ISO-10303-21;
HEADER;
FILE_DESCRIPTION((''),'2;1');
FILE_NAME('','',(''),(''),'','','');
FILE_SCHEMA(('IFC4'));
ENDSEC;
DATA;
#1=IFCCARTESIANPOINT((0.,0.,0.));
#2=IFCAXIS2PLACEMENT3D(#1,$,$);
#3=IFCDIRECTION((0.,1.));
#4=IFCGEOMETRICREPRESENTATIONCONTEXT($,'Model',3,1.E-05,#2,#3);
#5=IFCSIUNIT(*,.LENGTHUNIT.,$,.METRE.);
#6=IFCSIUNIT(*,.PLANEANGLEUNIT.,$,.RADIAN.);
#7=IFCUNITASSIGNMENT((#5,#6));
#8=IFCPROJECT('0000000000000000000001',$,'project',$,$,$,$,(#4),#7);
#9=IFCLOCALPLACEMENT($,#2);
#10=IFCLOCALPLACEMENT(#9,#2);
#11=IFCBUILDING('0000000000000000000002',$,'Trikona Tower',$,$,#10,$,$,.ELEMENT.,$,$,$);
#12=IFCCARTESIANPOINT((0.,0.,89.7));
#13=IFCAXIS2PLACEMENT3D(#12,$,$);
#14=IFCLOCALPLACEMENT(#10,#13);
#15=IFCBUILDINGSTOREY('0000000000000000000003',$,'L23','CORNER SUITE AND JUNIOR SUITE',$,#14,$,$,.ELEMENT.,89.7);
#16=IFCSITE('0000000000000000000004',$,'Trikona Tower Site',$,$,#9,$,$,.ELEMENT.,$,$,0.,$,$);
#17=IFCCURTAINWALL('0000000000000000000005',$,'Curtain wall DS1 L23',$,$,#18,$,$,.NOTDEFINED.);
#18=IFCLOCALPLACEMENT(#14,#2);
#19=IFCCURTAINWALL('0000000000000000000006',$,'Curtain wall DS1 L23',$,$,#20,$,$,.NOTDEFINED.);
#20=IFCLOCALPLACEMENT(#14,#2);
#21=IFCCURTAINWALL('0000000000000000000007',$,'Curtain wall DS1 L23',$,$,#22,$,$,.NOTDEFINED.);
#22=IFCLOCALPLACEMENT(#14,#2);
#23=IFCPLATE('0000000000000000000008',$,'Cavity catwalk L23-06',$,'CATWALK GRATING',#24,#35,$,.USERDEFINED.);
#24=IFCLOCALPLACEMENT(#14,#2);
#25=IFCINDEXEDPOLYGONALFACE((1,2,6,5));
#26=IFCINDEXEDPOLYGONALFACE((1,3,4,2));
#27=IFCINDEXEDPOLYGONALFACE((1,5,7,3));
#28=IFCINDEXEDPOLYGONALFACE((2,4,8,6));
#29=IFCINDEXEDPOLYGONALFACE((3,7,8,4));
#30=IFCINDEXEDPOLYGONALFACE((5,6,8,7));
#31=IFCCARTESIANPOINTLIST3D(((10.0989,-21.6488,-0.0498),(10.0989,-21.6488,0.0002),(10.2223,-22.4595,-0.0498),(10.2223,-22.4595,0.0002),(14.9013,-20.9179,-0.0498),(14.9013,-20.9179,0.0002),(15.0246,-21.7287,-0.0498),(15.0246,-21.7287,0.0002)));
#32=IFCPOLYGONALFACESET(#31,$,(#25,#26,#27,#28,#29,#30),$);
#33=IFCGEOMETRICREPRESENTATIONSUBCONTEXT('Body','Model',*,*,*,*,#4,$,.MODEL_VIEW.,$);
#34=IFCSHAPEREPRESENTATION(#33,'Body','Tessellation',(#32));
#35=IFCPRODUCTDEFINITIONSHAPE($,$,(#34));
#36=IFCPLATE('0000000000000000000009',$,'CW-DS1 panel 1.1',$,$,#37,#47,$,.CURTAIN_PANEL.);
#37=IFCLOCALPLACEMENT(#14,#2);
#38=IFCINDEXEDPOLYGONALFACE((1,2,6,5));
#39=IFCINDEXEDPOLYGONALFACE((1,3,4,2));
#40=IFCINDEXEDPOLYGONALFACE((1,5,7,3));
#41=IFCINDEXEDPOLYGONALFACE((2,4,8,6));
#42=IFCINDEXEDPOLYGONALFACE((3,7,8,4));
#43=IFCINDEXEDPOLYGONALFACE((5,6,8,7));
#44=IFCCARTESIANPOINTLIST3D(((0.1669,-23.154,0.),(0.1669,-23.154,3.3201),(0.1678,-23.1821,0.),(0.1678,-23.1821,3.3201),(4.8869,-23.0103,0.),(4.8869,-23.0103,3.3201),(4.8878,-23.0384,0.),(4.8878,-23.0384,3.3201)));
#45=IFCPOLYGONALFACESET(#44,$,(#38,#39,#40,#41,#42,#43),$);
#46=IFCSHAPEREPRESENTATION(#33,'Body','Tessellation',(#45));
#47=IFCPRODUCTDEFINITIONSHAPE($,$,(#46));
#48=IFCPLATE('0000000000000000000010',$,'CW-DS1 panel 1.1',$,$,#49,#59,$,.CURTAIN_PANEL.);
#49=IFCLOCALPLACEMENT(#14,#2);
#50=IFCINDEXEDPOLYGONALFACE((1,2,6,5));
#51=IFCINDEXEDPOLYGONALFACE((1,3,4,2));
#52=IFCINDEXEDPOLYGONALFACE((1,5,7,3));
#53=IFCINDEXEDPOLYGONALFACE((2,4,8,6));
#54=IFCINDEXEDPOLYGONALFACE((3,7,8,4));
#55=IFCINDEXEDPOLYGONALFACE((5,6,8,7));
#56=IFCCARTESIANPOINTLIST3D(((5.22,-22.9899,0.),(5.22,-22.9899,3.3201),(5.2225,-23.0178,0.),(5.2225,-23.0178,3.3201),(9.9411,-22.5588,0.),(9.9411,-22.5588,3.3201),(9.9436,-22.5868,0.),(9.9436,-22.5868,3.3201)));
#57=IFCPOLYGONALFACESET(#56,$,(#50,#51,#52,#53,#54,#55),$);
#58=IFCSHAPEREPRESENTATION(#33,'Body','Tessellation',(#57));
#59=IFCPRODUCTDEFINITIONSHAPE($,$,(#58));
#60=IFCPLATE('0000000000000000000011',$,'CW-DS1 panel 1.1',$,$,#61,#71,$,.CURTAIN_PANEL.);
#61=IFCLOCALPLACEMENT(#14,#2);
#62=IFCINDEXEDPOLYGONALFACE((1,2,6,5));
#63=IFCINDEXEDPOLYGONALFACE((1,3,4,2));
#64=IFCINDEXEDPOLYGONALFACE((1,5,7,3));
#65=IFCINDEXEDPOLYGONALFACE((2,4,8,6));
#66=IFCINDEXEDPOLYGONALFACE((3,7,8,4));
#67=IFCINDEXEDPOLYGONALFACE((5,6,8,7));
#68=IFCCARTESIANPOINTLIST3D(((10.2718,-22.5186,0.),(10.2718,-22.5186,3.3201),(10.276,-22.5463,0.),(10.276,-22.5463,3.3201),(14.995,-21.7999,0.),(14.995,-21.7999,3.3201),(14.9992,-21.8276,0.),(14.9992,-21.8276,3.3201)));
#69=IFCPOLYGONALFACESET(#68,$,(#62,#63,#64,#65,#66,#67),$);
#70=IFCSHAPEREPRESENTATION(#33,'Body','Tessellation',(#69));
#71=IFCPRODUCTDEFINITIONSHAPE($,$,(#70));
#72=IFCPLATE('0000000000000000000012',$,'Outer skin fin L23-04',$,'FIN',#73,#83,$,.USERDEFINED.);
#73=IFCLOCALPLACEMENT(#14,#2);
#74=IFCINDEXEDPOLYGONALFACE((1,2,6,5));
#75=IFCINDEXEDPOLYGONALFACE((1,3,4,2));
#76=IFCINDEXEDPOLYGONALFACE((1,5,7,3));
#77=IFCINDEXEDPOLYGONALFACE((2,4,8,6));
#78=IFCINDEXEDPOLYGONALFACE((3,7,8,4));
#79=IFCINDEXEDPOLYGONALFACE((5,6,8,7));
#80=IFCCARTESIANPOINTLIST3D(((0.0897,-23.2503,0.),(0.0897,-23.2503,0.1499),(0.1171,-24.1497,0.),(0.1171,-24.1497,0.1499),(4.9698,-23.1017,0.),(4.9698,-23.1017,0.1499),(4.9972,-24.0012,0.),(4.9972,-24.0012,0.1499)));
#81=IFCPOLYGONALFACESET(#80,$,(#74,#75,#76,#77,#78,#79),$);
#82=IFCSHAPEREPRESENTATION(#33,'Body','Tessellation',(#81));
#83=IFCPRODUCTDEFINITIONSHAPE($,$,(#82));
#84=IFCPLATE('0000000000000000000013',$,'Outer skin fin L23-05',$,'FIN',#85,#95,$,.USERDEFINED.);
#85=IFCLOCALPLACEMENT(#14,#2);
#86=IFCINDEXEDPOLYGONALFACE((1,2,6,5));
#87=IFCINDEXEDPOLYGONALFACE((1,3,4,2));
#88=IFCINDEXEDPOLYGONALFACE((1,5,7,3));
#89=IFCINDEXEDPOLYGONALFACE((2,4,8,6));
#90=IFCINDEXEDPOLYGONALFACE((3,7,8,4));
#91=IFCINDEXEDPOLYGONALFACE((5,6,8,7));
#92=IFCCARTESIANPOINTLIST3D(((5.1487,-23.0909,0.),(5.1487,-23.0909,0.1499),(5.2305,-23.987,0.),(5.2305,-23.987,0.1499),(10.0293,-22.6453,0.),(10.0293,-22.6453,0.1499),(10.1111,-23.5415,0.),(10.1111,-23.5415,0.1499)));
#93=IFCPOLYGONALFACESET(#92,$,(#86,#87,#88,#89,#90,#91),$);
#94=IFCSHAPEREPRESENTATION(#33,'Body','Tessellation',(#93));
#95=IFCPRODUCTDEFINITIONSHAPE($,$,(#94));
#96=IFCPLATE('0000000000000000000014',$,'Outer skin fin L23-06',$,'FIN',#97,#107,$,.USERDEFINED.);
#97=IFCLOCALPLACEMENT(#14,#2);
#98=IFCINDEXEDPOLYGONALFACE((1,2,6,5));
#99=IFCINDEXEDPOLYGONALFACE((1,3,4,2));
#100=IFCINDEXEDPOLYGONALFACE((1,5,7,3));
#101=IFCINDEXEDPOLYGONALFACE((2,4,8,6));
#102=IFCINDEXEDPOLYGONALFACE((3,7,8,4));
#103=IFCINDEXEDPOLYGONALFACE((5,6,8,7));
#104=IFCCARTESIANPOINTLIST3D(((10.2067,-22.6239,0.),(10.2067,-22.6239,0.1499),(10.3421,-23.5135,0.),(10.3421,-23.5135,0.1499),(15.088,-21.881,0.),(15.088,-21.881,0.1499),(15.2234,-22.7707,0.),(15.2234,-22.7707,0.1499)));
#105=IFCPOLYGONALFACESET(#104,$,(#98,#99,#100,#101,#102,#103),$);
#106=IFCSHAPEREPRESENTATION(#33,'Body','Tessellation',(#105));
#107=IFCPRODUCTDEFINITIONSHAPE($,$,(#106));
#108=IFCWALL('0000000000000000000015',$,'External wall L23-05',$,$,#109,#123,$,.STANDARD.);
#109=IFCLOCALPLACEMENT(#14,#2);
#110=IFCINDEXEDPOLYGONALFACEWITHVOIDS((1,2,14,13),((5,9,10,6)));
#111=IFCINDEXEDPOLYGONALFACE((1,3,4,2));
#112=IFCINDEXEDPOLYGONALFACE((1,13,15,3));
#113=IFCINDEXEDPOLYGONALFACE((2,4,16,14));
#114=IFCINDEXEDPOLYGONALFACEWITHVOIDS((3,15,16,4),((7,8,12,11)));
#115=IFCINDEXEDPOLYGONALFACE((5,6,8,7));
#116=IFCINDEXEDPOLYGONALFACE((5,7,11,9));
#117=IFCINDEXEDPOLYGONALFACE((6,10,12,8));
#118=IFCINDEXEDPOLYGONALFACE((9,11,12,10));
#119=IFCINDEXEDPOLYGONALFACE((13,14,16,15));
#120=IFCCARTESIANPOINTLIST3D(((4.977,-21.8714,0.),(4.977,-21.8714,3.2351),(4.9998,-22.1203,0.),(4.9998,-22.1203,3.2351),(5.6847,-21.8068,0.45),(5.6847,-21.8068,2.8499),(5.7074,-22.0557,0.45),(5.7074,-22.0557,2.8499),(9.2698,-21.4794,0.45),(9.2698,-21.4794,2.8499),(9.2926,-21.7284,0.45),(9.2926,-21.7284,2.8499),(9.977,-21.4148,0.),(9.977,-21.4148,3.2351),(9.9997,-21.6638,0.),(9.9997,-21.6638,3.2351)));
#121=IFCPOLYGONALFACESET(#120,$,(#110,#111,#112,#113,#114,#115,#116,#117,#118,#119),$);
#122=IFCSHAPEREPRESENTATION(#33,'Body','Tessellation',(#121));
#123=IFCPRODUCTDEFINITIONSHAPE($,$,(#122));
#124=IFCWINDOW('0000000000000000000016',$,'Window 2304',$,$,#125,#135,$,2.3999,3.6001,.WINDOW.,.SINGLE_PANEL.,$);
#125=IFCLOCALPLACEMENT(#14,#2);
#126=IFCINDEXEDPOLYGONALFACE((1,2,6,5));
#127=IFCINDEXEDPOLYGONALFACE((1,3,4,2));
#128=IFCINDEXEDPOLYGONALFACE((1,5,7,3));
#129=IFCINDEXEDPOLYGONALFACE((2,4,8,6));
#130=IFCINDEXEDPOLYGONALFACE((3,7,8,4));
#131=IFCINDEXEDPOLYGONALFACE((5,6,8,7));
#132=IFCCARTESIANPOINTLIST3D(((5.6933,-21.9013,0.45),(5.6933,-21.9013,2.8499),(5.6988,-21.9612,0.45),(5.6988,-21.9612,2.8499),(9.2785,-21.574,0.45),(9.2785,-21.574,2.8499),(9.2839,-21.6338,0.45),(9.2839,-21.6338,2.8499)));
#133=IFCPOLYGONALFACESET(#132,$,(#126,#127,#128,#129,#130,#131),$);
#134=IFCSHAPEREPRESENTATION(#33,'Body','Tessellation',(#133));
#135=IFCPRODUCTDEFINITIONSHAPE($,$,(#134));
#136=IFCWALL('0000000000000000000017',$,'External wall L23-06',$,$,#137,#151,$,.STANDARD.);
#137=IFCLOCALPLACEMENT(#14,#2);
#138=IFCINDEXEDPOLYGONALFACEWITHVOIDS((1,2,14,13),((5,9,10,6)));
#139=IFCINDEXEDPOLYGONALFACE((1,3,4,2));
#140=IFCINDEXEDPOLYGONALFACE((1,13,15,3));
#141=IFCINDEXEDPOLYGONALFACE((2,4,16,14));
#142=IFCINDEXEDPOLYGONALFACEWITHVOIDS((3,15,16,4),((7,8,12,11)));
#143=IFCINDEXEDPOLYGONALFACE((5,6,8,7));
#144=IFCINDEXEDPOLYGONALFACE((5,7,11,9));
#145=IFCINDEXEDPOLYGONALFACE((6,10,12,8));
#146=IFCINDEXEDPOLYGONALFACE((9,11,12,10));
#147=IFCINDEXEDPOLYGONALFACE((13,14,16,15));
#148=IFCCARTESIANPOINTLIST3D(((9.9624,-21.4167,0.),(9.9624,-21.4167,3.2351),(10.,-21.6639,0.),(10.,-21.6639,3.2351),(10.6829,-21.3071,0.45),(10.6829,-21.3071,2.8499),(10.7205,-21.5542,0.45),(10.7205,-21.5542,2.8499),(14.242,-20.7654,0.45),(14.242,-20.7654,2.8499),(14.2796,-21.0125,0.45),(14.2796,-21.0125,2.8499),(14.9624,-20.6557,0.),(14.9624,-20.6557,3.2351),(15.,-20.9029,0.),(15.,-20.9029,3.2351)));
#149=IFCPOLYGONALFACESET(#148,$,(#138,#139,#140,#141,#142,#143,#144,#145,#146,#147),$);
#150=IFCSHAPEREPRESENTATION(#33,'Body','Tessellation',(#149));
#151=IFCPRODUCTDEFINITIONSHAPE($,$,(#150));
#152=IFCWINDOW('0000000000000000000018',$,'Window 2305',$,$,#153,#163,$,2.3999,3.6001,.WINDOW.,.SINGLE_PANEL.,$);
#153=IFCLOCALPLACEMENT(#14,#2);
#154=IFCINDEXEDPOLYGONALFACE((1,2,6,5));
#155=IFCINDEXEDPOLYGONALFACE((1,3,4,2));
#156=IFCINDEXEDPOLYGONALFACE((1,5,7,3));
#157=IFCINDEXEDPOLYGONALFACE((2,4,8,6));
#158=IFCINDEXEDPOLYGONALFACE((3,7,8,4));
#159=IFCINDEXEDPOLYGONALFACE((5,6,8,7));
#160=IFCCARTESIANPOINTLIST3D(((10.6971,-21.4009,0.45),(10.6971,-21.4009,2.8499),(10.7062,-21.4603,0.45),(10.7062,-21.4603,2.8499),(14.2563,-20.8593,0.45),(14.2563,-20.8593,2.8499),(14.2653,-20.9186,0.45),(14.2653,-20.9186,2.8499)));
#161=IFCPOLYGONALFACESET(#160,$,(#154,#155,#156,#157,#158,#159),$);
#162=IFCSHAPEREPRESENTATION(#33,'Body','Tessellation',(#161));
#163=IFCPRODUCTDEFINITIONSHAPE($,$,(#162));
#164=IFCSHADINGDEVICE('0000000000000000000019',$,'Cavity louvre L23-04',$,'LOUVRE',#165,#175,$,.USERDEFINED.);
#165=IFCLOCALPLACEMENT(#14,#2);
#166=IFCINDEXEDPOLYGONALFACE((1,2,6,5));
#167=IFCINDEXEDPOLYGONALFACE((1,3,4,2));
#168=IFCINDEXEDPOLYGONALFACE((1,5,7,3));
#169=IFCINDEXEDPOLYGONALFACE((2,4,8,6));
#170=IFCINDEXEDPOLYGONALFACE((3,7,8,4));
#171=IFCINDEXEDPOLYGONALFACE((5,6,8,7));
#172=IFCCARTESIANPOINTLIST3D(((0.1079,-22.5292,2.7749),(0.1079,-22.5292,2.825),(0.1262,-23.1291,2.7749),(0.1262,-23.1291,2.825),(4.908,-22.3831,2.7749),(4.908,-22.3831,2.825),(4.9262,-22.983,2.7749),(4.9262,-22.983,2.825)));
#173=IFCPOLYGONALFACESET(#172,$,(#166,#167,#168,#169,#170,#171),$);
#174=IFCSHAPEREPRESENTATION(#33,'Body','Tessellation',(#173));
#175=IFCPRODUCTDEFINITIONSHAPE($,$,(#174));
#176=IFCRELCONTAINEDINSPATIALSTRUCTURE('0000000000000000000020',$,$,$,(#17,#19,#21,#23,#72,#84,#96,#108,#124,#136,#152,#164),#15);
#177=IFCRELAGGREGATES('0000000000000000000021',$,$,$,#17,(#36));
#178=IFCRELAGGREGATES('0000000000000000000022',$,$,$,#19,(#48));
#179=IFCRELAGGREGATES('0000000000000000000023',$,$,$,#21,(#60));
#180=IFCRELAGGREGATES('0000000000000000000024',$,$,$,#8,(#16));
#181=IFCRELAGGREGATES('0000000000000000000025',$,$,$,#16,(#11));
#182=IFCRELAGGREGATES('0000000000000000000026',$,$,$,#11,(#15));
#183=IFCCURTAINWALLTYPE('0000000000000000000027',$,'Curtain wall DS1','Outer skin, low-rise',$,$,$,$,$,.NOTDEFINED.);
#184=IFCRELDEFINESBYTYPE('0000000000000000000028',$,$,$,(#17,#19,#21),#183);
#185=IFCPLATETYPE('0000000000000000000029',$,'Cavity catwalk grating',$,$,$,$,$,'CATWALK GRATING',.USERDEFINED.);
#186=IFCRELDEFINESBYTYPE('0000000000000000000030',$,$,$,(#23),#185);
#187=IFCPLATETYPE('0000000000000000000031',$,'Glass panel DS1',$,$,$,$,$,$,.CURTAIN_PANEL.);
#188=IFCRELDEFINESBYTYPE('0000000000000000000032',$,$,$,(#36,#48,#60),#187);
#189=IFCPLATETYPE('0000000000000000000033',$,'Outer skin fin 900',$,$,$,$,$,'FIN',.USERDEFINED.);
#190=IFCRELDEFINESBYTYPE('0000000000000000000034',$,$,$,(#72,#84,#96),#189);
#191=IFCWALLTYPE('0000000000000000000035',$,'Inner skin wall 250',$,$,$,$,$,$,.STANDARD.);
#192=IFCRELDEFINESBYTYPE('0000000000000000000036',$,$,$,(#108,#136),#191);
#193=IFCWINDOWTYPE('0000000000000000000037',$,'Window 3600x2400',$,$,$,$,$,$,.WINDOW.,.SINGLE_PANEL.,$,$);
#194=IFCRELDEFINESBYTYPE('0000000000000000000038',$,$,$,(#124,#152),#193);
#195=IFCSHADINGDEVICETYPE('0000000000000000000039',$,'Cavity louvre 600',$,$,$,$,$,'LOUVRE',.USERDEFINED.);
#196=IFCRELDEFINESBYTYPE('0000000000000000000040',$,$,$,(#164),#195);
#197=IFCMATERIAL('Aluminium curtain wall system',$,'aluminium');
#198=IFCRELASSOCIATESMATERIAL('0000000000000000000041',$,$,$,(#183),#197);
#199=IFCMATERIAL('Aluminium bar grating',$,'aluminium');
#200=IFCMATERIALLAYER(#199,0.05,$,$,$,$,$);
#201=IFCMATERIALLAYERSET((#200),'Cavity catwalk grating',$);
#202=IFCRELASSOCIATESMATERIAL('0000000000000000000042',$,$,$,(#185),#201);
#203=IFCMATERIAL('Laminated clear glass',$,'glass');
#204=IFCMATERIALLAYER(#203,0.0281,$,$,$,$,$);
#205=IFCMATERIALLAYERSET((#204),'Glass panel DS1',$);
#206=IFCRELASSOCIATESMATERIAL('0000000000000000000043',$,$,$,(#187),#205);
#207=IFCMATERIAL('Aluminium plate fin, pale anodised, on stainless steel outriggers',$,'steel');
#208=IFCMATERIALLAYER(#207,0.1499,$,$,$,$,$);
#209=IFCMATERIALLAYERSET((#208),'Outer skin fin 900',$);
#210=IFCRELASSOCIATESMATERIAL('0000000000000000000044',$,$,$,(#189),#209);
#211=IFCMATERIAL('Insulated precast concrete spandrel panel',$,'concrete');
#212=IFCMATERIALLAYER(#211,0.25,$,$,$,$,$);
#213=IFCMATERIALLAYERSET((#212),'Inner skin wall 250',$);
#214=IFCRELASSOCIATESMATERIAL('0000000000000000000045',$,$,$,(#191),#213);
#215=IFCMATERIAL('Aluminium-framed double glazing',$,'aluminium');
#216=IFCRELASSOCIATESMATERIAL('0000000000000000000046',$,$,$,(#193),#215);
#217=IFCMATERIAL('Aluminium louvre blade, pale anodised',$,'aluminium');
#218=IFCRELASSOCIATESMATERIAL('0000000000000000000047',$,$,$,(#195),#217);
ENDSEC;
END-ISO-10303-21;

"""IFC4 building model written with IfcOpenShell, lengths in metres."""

from ifc_helpers import new_model, si_unit, direction, frame, frame_2d, origin, origin_2d, place, context, subcontext, project, spatial, rectangle, extrude, material, layer, layer_set, type_object, element, fill, aggregate, save


model = new_model("IFC4")

# Units and contexts
model_context = context("Model", 3, precision=1e-05, world=origin(), true_north=direction((0.0, 1.0)))
body_context = subcontext(model_context, "Body", "Model", "MODEL_VIEW")
ifc_project = project(units=[si_unit("LENGTHUNIT", "METRE"), si_unit("PLANEANGLEUNIT", "RADIAN")], contexts=[model_context])

# Site, building, storey
site_placement = place(None, origin())
site = spatial("IfcSite", under=ifc_project, at=site_placement, Name="Trikona Tower Site", CompositionType="ELEMENT", RefElevation=0.0)
building_placement = place(site_placement, origin())
building = spatial("IfcBuilding", under=site, at=building_placement, Name="Trikona Tower", CompositionType="ELEMENT")
storey_placement = place(building_placement, frame((0.0, 0.0, 89.7)))
storey = spatial("IfcBuildingStorey", under=building, at=storey_placement, Name="L23", Description="CORNER SUITE AND JUNIOR SUITE", CompositionType="ELEMENT", Elevation=89.7)

# Curtain walls
ifc_material_1 = material(Name="Aluminium curtain wall system", Category="aluminium")
curtain_wall_type = type_object("IfcCurtainWallType", Name="Curtain wall DS1", Description="Outer skin, low-rise", PredefinedType="NOTDEFINED", material=ifc_material_1)
curtain_wall_1_placement = place(storey_placement, origin())
curtain_wall_1 = element("IfcCurtainWall", 1, at=curtain_wall_1_placement, inside=storey, type_object=curtain_wall_type, Name="Curtain wall DS1 L23", PredefinedType="NOTDEFINED")
curtain_wall_2_placement = place(storey_placement, origin())
curtain_wall_2 = element("IfcCurtainWall", 2, at=curtain_wall_2_placement, inside=storey, type_object=curtain_wall_type, Name="Curtain wall DS1 L23", PredefinedType="NOTDEFINED")

# Curtain wall
curtain_wall_3_placement = place(storey_placement, origin())
curtain_wall_3 = element("IfcCurtainWall", 3, at=curtain_wall_3_placement, inside=storey, type_object=curtain_wall_type, Name="Curtain wall DS1 L23", PredefinedType="NOTDEFINED")

# Plate
ifc_material_2 = material(Name="Aluminium bar grating", Category="aluminium")
ifc_layer_1 = layer(ifc_material_2, 0.05)
ifc_layer_set_1 = layer_set([ifc_layer_1], Name="Cavity catwalk grating")
plate_type_1 = type_object("IfcPlateType", Name="Cavity catwalk grating", ElementType="CATWALK GRATING", PredefinedType="USERDEFINED", material=ifc_layer_set_1)
plate_1_placement = place(storey_placement, frame((12.5618, -21.6887, -0.0498), z_axis=(0.0, 0.0, 1.0), x_axis=(0.988618, 0.150448, 0.0)))
element("IfcPlate", 4, at=plate_1_placement, inside=storey, type_object=plate_type_1, Name="Cavity catwalk L23-06", ObjectType="CATWALK GRATING", PredefinedType="USERDEFINED", context=body_context, shape_type="SweptSolid", body=[
    extrude(rectangle(XDim=4.8577, YDim=0.8201, at=origin_2d()), origin(), (0.0, 0.0, 1.0), 0.05),
])

# Plates
ifc_material_3 = material(Name="Laminated clear glass", Category="glass")
ifc_layer_2 = layer(ifc_material_3, 0.0281)
ifc_layer_set_2 = layer_set([ifc_layer_2], Name="Glass panel DS1")
plate_type_2 = type_object("IfcPlateType", Name="Glass panel DS1", PredefinedType="CURTAIN_PANEL", material=ifc_layer_set_2)
plate_2_placement = place(storey_placement, frame((2.5273, -23.0962, 0.0), z_axis=(0.0, 0.0, 1.0), x_axis=(0.999537, 0.030437, 0.0)))
plate_2 = element("IfcPlate", 5, at=plate_2_placement, type_object=plate_type_2, Name="CW-DS1 panel 1.1", PredefinedType="CURTAIN_PANEL", context=body_context, shape_type="SweptSolid", body=[
    extrude(rectangle(XDim=4.7222, YDim=0.0281, at=origin_2d()), origin(), (0.0, 0.0, 1.0), 3.3201),
])
aggregate(curtain_wall_1, [plate_2])
plate_3_placement = place(storey_placement, frame((7.5818, -22.7883, 0.0), z_axis=(0.0, 0.0, 1.0), x_axis=(0.995858, 0.090924, 0.0)))
plate_3 = element("IfcPlate", 6, at=plate_3_placement, type_object=plate_type_2, Name="CW-DS1 panel 1.1", PredefinedType="CURTAIN_PANEL", context=body_context, shape_type="SweptSolid", body=[
    extrude(rectangle(XDim=4.7407, YDim=0.0281, at=origin_2d()), origin(), (0.0, 0.0, 1.0), 3.3201),
])
aggregate(curtain_wall_2, [plate_3])
plate_4_placement = place(storey_placement, frame((12.6355, -22.1731, 0.0), z_axis=(0.0, 0.0, 1.0), x_axis=(0.988619, 0.150438, 0.0)))
plate_4 = element("IfcPlate", 7, at=plate_4_placement, type_object=plate_type_2, Name="CW-DS1 panel 1.1", PredefinedType="CURTAIN_PANEL", context=body_context, shape_type="SweptSolid", body=[
    extrude(rectangle(XDim=4.7776, YDim=0.0281, at=origin_2d()), origin(), (0.0, 0.0, 1.0), 3.3201),
])
aggregate(curtain_wall_3, [plate_4])

# Plates
ifc_material_4 = material(Name="Aluminium plate fin, pale anodised, on stainless steel outriggers", Category="steel")
ifc_layer_3 = layer(ifc_material_4, 0.1499)
ifc_layer_set_3 = layer_set([ifc_layer_3], Name="Outer skin fin 900")
plate_type_3 = type_object("IfcPlateType", Name="Outer skin fin 900", ElementType="FIN", PredefinedType="USERDEFINED", material=ifc_layer_set_3)
plate_5_placement = place(storey_placement, frame((2.5435, -23.6257, 0.0), z_axis=(0.0, 0.0, 1.0), x_axis=(0.999537, 0.030425, 0.0)))
element("IfcPlate", 8, at=plate_5_placement, inside=storey, type_object=plate_type_3, Name="Outer skin fin L23-04", ObjectType="FIN", PredefinedType="USERDEFINED", context=body_context, shape_type="SweptSolid", body=[
    extrude(rectangle(XDim=4.8823, YDim=0.8999, at=origin_2d()), origin(), (0.0, 0.0, 1.0), 0.1499),
])
plate_6_placement = place(storey_placement, frame((7.6299, -23.3162, 0.0), z_axis=(0.0, 0.0, 1.0), x_axis=(0.995858, 0.090921, 0.0)))
element("IfcPlate", 9, at=plate_6_placement, inside=storey, type_object=plate_type_3, Name="Outer skin fin L23-05", ObjectType="FIN", PredefinedType="USERDEFINED", context=body_context, shape_type="SweptSolid", body=[
    extrude(rectangle(XDim=4.9009, YDim=0.8999, at=origin_2d()), origin(), (0.0, 0.0, 1.0), 0.1499),
])
plate_7_placement = place(storey_placement, frame((12.7151, -22.6973, 0.0), z_axis=(0.0, 0.0, 1.0), x_axis=(0.988618, 0.150448, 0.0)))
element("IfcPlate", 10, at=plate_7_placement, inside=storey, type_object=plate_type_3, Name="Outer skin fin L23-06", ObjectType="FIN", PredefinedType="USERDEFINED", context=body_context, shape_type="SweptSolid", body=[
    extrude(rectangle(XDim=4.9375, YDim=0.8999, at=origin_2d()), origin(), (0.0, 0.0, 1.0), 0.1499),
])

# Walls, openings, windows
ifc_material_5 = material(Name="Insulated precast concrete spandrel panel", Category="concrete")
ifc_layer_4 = layer(ifc_material_5, 0.25)
ifc_layer_set_4 = layer_set([ifc_layer_4], Name="Inner skin wall 250")
wall_type = type_object("IfcWallType", Name="Inner skin wall 250", PredefinedType="STANDARD", material=ifc_layer_set_4)
wall_1_placement = place(storey_placement, frame((4.9885, -21.9958, 0.0), z_axis=(0.0, 0.0, 1.0), x_axis=(0.995857, 0.09093, 0.0)))
wall_1 = element("IfcWall", 11, at=wall_1_placement, inside=storey, type_object=wall_type, Name="External wall L23-05", PredefinedType="STANDARD", context=body_context, shape_type="SweptSolid", body=[
    extrude(rectangle(XDim=5.0208, YDim=0.25, at=frame_2d((2.5103, 0.0))), origin(), (0.0, 0.0, 1.0), 3.2351),
])
opening_1_placement = place(wall_1_placement, frame((0.7104, 0.0, 0.45)))
opening_1 = element("IfcOpeningElement", 12, at=opening_1_placement, cuts=wall_1, PredefinedType="OPENING", context=body_context, shape_type="SweptSolid", body=[
    extrude(rectangle(XDim=3.6001, YDim=2.3999, at=frame_2d((1.8, 1.2))), frame((0.0, 0.135, 0.0), z_axis=(0.0, -1.0, 0.0), x_axis=(1.0, 0.0, 0.0)), (0.0, 0.0, 1.0), 0.27),
])
ifc_material_6 = material(Name="Aluminium-framed double glazing", Category="aluminium")
window_type = type_object("IfcWindowType", Name="Window 3600x2400", PartitioningType="SINGLE_PANEL", PredefinedType="WINDOW", material=ifc_material_6)
window_1_placement = place(opening_1_placement, origin())
window_1 = element("IfcWindow", 13, at=window_1_placement, inside=storey, type_object=window_type, Name="Window 2304", OverallHeight=2.3999, OverallWidth=3.6001, PartitioningType="SINGLE_PANEL", PredefinedType="WINDOW", context=body_context, shape_type="SweptSolid", body=[
    extrude(rectangle(XDim=3.6001, YDim=2.3999, at=frame_2d((1.8, 1.2))), frame((0.0, 0.03, 0.0), z_axis=(0.0, -1.0, 0.0), x_axis=(1.0, 0.0, 0.0)), (0.0, 0.0, 1.0), 0.0601),
])
fill(opening_1, window_1)
wall_2_placement = place(storey_placement, frame((9.9812, -21.5403, 0.0), z_axis=(0.0, 0.0, 1.0), x_axis=(0.988615, 0.150465, 0.0)))
wall_2 = element("IfcWall", 14, at=wall_2_placement, inside=storey, type_object=wall_type, Name="External wall L23-06", PredefinedType="STANDARD", context=body_context, shape_type="SweptSolid", body=[
    extrude(rectangle(XDim=5.0576, YDim=0.25, at=frame_2d((2.5288, 0.0))), origin(), (0.0, 0.0, 1.0), 3.2351),
])
opening_2_placement = place(wall_2_placement, frame((0.7288, 0.0, 0.45)))
opening_2 = element("IfcOpeningElement", 15, at=opening_2_placement, cuts=wall_2, PredefinedType="OPENING", context=body_context, shape_type="SweptSolid", body=[
    extrude(rectangle(XDim=3.6001, YDim=2.3999, at=frame_2d((1.8, 1.2))), frame((0.0, 0.135, 0.0), z_axis=(0.0, -1.0, 0.0), x_axis=(1.0, 0.0, 0.0)), (0.0, 0.0, 1.0), 0.27),
])
window_2_placement = place(opening_2_placement, origin())
window_2 = element("IfcWindow", 16, at=window_2_placement, inside=storey, type_object=window_type, Name="Window 2305", OverallHeight=2.3999, OverallWidth=3.6001, PartitioningType="SINGLE_PANEL", PredefinedType="WINDOW", context=body_context, shape_type="SweptSolid", body=[
    extrude(rectangle(XDim=3.6001, YDim=2.3999, at=frame_2d((1.8, 1.2))), frame((0.0, 0.03, 0.0), z_axis=(0.0, -1.0, 0.0), x_axis=(1.0, 0.0, 0.0)), (0.0, 0.0, 1.0), 0.0601),
])
fill(opening_2, window_2)

# Shading device
ifc_material_7 = material(Name="Aluminium louvre blade, pale anodised", Category="aluminium")
shading_device_type = type_object("IfcShadingDeviceType", Name="Cavity louvre 600", ElementType="LOUVRE", PredefinedType="USERDEFINED", material=ifc_material_7)
shading_device_1_placement = place(storey_placement, frame((2.5171, -22.7561, 2.7749), z_axis=(0.0, 0.0, 1.0), x_axis=(0.999537, 0.030425, 0.0)))
element("IfcShadingDevice", 17, at=shading_device_1_placement, inside=storey, type_object=shading_device_type, Name="Cavity louvre L23-04", ObjectType="LOUVRE", PredefinedType="USERDEFINED", context=body_context, shape_type="SweptSolid", body=[
    extrude(rectangle(XDim=4.8022, YDim=0.6001, at=origin_2d()), origin(), (0.0, 0.0, 1.0), 0.05),
])

save(model, "model.ifc")
